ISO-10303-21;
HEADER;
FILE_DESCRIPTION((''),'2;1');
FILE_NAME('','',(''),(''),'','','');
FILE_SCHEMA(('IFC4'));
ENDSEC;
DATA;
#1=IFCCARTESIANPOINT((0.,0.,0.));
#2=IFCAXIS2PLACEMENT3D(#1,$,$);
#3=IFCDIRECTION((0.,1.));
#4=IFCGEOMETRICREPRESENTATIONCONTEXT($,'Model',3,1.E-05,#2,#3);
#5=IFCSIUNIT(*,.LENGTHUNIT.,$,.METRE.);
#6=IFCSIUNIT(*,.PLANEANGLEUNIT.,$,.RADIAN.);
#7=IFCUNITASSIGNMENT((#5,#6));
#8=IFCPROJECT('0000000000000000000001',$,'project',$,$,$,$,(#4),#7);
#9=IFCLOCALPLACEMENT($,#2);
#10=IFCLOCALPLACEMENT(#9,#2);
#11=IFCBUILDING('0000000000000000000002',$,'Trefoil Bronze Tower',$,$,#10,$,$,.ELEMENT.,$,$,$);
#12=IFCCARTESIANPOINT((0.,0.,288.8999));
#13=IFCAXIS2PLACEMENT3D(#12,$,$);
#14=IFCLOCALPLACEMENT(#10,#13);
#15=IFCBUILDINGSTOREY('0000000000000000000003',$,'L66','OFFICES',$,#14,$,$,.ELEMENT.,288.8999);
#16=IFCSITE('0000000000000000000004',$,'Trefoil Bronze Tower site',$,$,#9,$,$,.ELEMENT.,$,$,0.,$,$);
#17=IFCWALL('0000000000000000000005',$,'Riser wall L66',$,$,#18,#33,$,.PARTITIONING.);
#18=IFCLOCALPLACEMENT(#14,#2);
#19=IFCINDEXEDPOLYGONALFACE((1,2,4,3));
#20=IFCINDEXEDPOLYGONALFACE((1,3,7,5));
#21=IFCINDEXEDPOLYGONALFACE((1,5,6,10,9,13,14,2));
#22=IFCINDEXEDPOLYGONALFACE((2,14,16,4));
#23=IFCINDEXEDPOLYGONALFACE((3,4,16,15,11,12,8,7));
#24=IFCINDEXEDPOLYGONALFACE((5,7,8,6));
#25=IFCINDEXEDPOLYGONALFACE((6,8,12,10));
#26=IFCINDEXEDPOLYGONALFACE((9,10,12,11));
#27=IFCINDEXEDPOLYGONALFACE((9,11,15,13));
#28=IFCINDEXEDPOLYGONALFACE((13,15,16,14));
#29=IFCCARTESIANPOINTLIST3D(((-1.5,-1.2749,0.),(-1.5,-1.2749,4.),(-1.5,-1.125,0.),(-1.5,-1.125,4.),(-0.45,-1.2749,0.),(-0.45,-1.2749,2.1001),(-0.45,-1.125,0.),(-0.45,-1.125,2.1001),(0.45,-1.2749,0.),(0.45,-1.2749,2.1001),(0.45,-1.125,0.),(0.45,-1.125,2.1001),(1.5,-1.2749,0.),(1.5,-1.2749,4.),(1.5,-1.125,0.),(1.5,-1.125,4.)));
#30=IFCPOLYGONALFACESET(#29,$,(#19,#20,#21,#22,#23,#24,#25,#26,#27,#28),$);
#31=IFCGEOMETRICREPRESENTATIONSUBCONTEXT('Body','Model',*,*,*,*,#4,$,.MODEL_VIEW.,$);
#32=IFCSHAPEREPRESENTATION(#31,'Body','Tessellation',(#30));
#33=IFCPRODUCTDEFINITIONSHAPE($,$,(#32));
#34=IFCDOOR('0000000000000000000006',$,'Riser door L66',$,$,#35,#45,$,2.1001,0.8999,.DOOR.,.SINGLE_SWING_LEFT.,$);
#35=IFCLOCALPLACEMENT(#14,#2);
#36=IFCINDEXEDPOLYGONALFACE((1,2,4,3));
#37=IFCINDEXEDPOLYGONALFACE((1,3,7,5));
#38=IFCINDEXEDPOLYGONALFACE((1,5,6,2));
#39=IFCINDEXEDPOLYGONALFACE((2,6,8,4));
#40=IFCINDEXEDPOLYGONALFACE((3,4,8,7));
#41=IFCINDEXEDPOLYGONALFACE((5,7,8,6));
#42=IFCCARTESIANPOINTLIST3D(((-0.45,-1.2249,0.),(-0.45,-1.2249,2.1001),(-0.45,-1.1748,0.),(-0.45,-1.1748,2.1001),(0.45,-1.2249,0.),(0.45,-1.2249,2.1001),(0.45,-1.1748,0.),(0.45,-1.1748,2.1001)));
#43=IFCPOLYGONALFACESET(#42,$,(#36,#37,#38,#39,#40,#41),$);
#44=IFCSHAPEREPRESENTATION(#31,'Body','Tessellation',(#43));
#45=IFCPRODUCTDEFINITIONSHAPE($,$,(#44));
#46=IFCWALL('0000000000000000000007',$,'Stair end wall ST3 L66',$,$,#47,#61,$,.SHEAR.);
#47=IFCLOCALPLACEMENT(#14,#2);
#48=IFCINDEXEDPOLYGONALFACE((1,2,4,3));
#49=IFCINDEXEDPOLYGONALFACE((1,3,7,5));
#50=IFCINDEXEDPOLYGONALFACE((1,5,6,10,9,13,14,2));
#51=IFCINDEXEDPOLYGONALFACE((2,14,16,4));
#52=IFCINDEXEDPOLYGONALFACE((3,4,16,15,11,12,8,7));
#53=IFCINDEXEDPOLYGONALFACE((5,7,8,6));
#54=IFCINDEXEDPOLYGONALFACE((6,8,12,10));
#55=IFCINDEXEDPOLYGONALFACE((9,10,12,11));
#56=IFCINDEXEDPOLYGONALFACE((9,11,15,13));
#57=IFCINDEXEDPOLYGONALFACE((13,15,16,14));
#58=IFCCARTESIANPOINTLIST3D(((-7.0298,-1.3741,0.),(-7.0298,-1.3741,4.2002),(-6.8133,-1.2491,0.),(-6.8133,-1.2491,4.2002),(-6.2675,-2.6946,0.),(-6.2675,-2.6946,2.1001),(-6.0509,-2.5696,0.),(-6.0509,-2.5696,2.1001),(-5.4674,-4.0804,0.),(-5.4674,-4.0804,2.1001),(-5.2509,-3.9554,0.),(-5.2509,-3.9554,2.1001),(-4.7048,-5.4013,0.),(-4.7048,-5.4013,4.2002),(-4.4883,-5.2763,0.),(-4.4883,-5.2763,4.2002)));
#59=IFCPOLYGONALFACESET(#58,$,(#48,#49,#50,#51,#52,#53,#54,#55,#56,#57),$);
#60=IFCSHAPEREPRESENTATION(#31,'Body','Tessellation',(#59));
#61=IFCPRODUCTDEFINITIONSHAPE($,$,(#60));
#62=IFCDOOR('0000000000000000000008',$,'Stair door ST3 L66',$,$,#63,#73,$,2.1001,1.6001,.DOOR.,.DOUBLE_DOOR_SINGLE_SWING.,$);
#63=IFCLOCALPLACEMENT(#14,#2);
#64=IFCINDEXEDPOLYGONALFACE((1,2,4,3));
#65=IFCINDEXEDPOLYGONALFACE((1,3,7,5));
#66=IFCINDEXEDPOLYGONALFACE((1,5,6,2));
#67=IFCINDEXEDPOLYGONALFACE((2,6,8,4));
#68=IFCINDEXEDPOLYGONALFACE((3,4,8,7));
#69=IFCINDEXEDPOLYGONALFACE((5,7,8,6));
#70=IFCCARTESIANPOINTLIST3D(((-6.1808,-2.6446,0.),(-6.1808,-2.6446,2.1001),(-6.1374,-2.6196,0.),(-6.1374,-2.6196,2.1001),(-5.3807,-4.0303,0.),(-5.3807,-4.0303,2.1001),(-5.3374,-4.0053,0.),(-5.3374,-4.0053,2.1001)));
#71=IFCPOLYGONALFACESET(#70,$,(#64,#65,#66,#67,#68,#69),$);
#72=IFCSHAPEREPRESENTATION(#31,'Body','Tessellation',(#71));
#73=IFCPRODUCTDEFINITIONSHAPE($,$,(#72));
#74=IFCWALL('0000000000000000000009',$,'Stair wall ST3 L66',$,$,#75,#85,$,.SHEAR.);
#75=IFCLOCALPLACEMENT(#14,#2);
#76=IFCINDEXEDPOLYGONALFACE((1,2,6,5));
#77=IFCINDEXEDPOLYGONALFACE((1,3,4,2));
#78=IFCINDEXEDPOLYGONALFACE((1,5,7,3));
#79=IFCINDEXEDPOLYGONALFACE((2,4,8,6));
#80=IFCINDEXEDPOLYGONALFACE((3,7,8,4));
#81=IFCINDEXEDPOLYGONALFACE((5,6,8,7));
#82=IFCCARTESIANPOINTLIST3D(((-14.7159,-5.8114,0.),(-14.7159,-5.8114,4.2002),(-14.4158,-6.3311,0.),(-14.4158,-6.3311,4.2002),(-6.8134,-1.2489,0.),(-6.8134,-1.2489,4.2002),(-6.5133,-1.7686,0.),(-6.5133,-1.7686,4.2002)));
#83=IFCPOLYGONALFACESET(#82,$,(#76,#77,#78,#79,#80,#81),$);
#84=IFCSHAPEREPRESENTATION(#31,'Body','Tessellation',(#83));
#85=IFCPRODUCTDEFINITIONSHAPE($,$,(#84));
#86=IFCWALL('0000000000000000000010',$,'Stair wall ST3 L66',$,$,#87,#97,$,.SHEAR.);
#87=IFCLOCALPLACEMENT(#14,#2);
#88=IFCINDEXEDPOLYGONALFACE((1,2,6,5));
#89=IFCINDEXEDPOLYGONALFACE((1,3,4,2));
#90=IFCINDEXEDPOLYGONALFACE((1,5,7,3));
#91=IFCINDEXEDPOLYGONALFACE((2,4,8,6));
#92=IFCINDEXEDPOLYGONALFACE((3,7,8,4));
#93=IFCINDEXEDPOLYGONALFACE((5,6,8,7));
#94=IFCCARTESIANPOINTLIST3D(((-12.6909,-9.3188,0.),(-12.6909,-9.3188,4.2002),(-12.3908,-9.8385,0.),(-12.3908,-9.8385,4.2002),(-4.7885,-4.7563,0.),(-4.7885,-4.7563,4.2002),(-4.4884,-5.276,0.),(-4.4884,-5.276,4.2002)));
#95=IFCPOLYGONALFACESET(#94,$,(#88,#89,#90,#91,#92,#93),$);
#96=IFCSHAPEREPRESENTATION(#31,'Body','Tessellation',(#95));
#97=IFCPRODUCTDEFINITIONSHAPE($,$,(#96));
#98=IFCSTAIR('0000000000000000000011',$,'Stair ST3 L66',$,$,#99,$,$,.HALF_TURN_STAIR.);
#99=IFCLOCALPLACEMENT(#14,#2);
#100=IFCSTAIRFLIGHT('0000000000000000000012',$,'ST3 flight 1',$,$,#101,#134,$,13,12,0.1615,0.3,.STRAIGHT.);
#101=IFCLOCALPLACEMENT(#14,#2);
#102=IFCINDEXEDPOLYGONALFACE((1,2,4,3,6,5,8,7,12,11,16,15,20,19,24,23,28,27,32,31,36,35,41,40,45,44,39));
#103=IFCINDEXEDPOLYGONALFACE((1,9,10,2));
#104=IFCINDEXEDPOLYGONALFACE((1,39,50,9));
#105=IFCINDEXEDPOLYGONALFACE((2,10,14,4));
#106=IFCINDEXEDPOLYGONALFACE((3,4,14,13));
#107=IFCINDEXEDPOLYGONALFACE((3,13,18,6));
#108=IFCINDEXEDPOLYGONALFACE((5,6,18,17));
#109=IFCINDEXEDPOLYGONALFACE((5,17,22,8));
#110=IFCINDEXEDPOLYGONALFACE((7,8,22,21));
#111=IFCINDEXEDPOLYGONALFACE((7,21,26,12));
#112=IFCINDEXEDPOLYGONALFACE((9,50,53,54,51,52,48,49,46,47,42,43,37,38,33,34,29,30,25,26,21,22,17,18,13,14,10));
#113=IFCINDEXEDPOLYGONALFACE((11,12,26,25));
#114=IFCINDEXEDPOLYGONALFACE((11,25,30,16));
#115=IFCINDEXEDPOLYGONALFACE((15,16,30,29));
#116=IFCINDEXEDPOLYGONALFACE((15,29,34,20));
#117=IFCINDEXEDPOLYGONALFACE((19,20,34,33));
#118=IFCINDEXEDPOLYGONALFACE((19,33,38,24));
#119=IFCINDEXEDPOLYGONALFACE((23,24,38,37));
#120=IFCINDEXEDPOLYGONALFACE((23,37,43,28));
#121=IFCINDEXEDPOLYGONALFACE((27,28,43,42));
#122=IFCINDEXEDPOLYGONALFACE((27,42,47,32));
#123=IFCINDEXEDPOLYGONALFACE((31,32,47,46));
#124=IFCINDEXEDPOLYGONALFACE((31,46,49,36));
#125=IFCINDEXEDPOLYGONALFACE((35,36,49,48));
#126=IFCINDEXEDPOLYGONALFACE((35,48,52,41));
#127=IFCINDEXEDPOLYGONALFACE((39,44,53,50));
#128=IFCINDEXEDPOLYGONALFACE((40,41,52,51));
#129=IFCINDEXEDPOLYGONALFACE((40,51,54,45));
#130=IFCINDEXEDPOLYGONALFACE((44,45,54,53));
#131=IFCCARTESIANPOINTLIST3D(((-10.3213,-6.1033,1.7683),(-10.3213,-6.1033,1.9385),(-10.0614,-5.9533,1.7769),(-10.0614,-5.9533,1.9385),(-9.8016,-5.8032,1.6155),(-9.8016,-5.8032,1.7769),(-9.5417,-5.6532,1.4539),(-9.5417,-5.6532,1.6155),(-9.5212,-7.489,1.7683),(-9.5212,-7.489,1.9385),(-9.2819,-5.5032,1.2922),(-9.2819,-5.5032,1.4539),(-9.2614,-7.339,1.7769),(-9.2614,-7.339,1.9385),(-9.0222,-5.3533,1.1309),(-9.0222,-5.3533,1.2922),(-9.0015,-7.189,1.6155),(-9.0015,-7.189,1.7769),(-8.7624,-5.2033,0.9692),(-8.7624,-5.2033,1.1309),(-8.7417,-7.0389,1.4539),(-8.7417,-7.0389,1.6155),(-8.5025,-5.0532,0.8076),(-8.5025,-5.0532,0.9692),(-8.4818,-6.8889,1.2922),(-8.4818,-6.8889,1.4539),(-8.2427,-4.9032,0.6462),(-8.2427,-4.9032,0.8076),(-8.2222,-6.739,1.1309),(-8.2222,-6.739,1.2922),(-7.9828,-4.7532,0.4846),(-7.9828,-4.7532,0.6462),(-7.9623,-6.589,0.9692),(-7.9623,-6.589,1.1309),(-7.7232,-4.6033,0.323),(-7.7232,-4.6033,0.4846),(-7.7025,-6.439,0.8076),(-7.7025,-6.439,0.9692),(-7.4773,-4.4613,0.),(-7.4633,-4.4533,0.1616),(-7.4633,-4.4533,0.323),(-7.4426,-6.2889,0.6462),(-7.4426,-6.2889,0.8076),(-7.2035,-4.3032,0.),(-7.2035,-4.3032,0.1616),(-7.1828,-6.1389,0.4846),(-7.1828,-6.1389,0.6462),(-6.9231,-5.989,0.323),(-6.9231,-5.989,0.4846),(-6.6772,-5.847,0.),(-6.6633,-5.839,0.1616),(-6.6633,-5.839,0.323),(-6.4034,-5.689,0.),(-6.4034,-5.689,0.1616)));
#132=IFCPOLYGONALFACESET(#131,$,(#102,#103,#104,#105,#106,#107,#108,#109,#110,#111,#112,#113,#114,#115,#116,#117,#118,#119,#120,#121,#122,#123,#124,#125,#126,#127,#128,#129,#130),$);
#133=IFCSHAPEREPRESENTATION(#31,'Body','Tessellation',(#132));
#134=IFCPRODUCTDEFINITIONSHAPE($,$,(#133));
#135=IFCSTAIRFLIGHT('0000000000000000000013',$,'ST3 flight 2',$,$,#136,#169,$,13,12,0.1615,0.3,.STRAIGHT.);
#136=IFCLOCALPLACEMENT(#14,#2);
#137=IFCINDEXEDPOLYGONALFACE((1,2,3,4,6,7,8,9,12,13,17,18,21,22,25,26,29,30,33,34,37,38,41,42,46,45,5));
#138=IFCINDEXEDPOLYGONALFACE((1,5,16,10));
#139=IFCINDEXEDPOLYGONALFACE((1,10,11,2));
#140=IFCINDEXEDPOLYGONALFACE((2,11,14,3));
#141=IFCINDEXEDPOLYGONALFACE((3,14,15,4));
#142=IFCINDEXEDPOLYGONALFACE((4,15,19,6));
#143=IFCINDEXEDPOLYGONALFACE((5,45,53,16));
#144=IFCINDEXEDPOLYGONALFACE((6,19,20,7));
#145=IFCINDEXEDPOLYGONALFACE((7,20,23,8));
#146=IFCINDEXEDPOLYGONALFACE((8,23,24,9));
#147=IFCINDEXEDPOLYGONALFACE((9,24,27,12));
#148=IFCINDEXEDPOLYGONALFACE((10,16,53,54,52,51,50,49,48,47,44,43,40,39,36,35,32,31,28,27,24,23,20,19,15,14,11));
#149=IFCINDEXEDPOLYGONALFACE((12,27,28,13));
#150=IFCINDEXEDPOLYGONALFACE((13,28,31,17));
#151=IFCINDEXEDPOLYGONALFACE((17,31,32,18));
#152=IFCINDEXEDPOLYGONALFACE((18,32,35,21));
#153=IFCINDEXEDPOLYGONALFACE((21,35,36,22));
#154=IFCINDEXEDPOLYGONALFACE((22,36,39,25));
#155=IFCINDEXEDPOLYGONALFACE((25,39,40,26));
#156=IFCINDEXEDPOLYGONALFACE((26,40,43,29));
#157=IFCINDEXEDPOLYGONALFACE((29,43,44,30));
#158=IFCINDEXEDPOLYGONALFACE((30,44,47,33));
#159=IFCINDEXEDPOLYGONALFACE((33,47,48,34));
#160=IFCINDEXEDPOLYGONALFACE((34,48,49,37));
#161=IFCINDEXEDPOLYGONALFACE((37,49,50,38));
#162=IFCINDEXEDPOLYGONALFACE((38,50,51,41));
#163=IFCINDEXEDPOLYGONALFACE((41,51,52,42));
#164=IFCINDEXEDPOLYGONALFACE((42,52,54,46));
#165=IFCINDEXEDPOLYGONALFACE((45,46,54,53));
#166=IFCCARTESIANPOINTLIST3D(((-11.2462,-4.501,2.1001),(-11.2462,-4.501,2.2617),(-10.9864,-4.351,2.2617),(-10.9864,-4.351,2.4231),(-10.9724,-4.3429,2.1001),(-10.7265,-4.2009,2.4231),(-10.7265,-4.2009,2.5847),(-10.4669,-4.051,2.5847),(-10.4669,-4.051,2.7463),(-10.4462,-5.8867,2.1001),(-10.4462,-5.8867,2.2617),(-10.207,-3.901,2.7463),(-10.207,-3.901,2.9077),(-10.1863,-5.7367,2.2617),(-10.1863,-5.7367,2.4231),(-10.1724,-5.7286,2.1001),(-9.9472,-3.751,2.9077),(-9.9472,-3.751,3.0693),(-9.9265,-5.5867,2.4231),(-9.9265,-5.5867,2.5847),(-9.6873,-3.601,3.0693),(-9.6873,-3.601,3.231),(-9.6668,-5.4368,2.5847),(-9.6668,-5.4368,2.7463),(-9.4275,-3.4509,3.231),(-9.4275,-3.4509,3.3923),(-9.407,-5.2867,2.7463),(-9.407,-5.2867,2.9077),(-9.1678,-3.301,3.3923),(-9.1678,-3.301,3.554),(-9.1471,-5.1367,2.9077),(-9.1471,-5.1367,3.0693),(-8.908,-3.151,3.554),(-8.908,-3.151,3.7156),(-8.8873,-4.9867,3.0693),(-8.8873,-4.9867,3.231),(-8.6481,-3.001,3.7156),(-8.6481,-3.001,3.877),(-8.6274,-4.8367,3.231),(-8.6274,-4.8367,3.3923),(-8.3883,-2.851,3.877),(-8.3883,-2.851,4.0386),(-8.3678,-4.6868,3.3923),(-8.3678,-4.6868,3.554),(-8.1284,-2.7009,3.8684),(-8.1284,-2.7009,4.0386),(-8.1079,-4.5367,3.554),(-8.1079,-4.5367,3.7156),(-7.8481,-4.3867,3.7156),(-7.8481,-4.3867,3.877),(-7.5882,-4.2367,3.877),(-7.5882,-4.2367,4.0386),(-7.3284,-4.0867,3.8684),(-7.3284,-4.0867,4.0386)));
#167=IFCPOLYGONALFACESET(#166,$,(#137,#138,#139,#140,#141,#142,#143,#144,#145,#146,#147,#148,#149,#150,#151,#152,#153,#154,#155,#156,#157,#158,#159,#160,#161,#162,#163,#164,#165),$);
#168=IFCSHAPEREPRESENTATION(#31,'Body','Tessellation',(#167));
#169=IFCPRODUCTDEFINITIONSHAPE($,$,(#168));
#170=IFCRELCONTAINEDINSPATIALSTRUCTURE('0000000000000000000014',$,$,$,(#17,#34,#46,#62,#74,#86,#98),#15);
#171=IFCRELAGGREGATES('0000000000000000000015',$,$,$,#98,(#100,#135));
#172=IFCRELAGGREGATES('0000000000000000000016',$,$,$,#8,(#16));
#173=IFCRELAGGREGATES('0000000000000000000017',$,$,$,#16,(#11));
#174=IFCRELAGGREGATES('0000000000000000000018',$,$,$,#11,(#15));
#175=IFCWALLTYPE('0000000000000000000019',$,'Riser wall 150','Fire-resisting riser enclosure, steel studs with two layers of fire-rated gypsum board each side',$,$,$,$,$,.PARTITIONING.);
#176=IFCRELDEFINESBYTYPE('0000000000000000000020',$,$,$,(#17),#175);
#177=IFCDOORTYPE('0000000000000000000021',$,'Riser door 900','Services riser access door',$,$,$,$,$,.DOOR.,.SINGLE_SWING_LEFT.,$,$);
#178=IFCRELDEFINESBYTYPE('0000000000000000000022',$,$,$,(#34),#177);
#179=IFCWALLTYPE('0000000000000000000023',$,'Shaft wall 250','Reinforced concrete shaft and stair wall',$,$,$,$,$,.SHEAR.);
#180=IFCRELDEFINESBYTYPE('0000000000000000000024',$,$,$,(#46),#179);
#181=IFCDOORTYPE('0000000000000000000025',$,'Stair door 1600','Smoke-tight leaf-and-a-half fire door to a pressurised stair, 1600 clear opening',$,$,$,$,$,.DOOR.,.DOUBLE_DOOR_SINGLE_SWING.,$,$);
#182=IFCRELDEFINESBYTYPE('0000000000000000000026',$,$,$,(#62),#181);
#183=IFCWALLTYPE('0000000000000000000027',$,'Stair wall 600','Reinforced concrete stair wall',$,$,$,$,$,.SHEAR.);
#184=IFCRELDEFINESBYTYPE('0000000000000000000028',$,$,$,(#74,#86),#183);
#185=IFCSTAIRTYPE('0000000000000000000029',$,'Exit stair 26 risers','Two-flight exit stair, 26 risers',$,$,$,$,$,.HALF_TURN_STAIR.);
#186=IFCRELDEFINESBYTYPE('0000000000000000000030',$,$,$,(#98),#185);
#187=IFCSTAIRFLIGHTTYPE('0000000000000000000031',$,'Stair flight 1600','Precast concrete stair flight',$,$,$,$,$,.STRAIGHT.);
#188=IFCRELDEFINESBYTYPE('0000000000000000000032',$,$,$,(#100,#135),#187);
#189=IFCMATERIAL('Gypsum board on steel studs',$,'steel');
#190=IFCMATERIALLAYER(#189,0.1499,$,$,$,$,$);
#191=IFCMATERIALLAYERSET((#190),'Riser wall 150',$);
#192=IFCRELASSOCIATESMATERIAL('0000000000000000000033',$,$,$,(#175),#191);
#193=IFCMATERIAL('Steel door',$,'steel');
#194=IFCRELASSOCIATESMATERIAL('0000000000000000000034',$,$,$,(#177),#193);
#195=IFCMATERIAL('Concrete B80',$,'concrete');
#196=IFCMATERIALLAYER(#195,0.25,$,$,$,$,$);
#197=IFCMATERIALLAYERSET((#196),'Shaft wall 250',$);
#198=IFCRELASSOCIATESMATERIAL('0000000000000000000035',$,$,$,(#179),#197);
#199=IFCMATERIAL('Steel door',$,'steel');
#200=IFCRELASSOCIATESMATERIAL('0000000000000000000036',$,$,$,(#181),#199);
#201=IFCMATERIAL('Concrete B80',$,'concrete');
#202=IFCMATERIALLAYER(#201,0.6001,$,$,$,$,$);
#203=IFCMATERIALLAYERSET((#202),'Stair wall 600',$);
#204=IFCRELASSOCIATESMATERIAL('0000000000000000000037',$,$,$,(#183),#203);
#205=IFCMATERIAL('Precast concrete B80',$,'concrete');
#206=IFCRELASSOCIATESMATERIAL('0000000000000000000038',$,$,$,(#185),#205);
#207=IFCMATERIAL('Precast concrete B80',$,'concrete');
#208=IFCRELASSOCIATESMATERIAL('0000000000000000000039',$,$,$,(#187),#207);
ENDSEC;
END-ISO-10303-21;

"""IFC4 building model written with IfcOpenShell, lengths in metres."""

from ifc_helpers import new_model, si_unit, direction, frame, frame_2d, origin, place, context, subcontext, project, spatial, polyline, rectangle, outline, extrude, material, layer, layer_set, type_object, element, fill, aggregate, save


model = new_model("IFC4")

# Units and contexts
model_context = context("Model", 3, precision=1e-05, world=origin(), true_north=direction((0.0, 1.0)))
body_context = subcontext(model_context, "Body", "Model", "MODEL_VIEW")
ifc_project = project(units=[si_unit("LENGTHUNIT", "METRE"), si_unit("PLANEANGLEUNIT", "RADIAN")], contexts=[model_context])

# Site, building, storey
site_placement = place(None, origin())
site = spatial("IfcSite", under=ifc_project, at=site_placement, Name="Trefoil Bronze Tower site", CompositionType="ELEMENT", RefElevation=0.0)
building_placement = place(site_placement, origin())
building = spatial("IfcBuilding", under=site, at=building_placement, Name="Trefoil Bronze Tower", CompositionType="ELEMENT")
storey_placement = place(building_placement, frame((0.0, 0.0, 288.8999)))
storey = spatial("IfcBuildingStorey", under=building, at=storey_placement, Name="L66", Description="OFFICES", CompositionType="ELEMENT", Elevation=288.8999)

# Walls, openings, doors
ifc_material_1 = material(Name="Gypsum board on steel studs", Category="steel")
ifc_layer_1 = layer(ifc_material_1, 0.1499)
ifc_layer_set_1 = layer_set([ifc_layer_1], Name="Riser wall 150")
wall_type_1 = type_object("IfcWallType", Name="Riser wall 150", Description="Fire-resisting riser enclosure, steel studs with two layers of fire-rated gypsum board each side", PredefinedType="PARTITIONING", material=ifc_layer_set_1)
wall_1_placement = place(storey_placement, frame((-1.5, -1.2, 0.0), z_axis=(0.0, 0.0, 1.0), x_axis=(1.0, 0.0, 0.0)))
wall_1 = element("IfcWall", 1, at=wall_1_placement, inside=storey, type_object=wall_type_1, Name="Riser wall L66", PredefinedType="PARTITIONING", context=body_context, shape_type="SweptSolid", body=[
    extrude(rectangle(XDim=3.0, YDim=0.1499, at=frame_2d((1.5, 0.0))), origin(), (0.0, 0.0, 1.0), 4.0),
])
opening_1_placement = place(wall_1_placement, frame((1.05, 0.0, 0.0)))
opening_1 = element("IfcOpeningElement", 2, at=opening_1_placement, cuts=wall_1, PredefinedType="OPENING", context=body_context, shape_type="SweptSolid", body=[
    extrude(rectangle(XDim=0.8999, YDim=2.1001, at=frame_2d((0.45, 1.05))), frame((0.0, 0.085, 0.0), z_axis=(0.0, -1.0, 0.0), x_axis=(1.0, 0.0, 0.0)), (0.0, 0.0, 1.0), 0.1699),
])
ifc_material_2 = material(Name="Steel door", Category="steel")
door_type_1 = type_object("IfcDoorType", Name="Riser door 900", Description="Services riser access door", OperationType="SINGLE_SWING_LEFT", PredefinedType="DOOR", material=ifc_material_2)
door_1_placement = place(opening_1_placement, frame((0.8999, 0.0, 0.0), z_axis=(0.0, 0.0, 1.0), x_axis=(-1.0, 0.0, 0.0)))
door_1 = element("IfcDoor", 3, at=door_1_placement, inside=storey, type_object=door_type_1, Name="Riser door L66", OperationType="SINGLE_SWING_LEFT", OverallHeight=2.1001, OverallWidth=0.8999, PredefinedType="DOOR", context=body_context, shape_type="SweptSolid", body=[
    extrude(rectangle(XDim=0.8999, YDim=2.1001, at=frame_2d((0.45, 1.05))), frame((0.0, 0.0249, 0.0), z_axis=(0.0, -1.0, 0.0), x_axis=(1.0, 0.0, 0.0)), (0.0, 0.0, 1.0), 0.05),
])
fill(opening_1, door_1)
ifc_material_3 = material(Name="Concrete B80", Category="concrete")
ifc_layer_2 = layer(ifc_material_3, 0.25)
ifc_layer_set_2 = layer_set([ifc_layer_2], Name="Shaft wall 250")
wall_type_2 = type_object("IfcWallType", Name="Shaft wall 250", Description="Reinforced concrete shaft and stair wall", PredefinedType="SHEAR", material=ifc_layer_set_2)
wall_2_placement = place(storey_placement, frame((-6.9216, -1.3115, 0.0), z_axis=(0.0, 0.0, 1.0), x_axis=(0.499985, -0.866034, 0.0)))
wall_2 = element("IfcWall", 4, at=wall_2_placement, inside=storey, type_object=wall_type_2, Name="Stair end wall ST3 L66", PredefinedType="SHEAR", context=body_context, shape_type="SweptSolid", body=[
    extrude(rectangle(XDim=4.6501, YDim=0.25, at=frame_2d((2.3252, 0.0))), origin(), (0.0, 0.0, 1.0), 4.2002),
])
opening_2_placement = place(wall_2_placement, frame((1.5249, 0.0, 0.0)))
opening_2 = element("IfcOpeningElement", 5, at=opening_2_placement, cuts=wall_2, PredefinedType="OPENING", context=body_context, shape_type="SweptSolid", body=[
    extrude(rectangle(XDim=1.6001, YDim=2.1001, at=frame_2d((0.8, 1.05))), frame((0.0, 0.135, 0.0), z_axis=(0.0, -1.0, 0.0), x_axis=(1.0, 0.0, 0.0)), (0.0, 0.0, 1.0), 0.27),
])
ifc_material_4 = material(Name="Steel door", Category="steel")
door_type_2 = type_object("IfcDoorType", Name="Stair door 1600", Description="Smoke-tight leaf-and-a-half fire door to a pressurised stair, 1600 clear opening", OperationType="DOUBLE_DOOR_SINGLE_SWING", PredefinedType="DOOR", material=ifc_material_4)
door_2_placement = place(opening_2_placement, frame((1.6001, 0.0, 0.0), z_axis=(0.0, 0.0, 1.0), x_axis=(-1.0, 0.0, 0.0)))
door_2 = element("IfcDoor", 6, at=door_2_placement, inside=storey, type_object=door_type_2, Name="Stair door ST3 L66", OperationType="DOUBLE_DOOR_SINGLE_SWING", OverallHeight=2.1001, OverallWidth=1.6001, PredefinedType="DOOR", context=body_context, shape_type="SweptSolid", body=[
    extrude(rectangle(XDim=1.6001, YDim=2.1001, at=frame_2d((0.8, 1.05))), frame((0.0, 0.0249, 0.0), z_axis=(0.0, -1.0, 0.0), x_axis=(1.0, 0.0, 0.0)), (0.0, 0.0, 1.0), 0.05),
])
fill(opening_2, door_2)

# Walls
ifc_material_5 = material(Name="Concrete B80", Category="concrete")
ifc_layer_3 = layer(ifc_material_5, 0.6001)
ifc_layer_set_3 = layer_set([ifc_layer_3], Name="Stair wall 600")
wall_type_3 = type_object("IfcWallType", Name="Stair wall 600", Description="Reinforced concrete stair wall", PredefinedType="SHEAR", material=ifc_layer_set_3)
for number, where, z_axis, x_axis, name in (
    (7, (-6.6633, -1.5088, 0.0), (0.0, 0.0, 1.0), (-0.866028, -0.499995, 0.0), "Stair wall ST3 L66"),
    (8, (-4.6384, -5.0161, 0.0), (0.0, 0.0, 1.0), (-0.866022, -0.500007, 0.0), "Stair wall ST3 L66"),
):
    element("IfcWall", number, at=place(storey_placement, frame(where, z_axis=z_axis, x_axis=x_axis)), inside=storey, type_object=wall_type_3, Name=name, PredefinedType="SHEAR", context=body_context, shape_type="SweptSolid", body=[
        extrude(rectangle(XDim=9.125, YDim=0.6001, at=frame_2d((4.5625, 0.0))), origin(), (0.0, 0.0, 1.0), 4.2002),
    ])

# Stair, stair flights
ifc_material_6 = material(Name="Precast concrete B80", Category="concrete")
stair_type = type_object("IfcStairType", Name="Exit stair 26 risers", Description="Two-flight exit stair, 26 risers", PredefinedType="HALF_TURN_STAIR", material=ifc_material_6)
stair_placement = place(storey_placement, origin())
stair = element("IfcStair", 9, at=stair_placement, inside=storey, type_object=stair_type, Name="Stair ST3 L66", PredefinedType="HALF_TURN_STAIR")
ifc_material_7 = material(Name="Precast concrete B80", Category="concrete")
stair_flight_type = type_object("IfcStairFlightType", Name="Stair flight 1600", Description="Precast concrete stair flight", PredefinedType="STRAIGHT", material=ifc_material_7)
stair_flight_1_placement = place(storey_placement, frame((-6.8035, -4.9961, 0.0), z_axis=(0.0, 0.0, 1.0), x_axis=(-0.866025, -0.5, 0.0)))
stair_flight_1 = element("IfcStairFlight", 10, at=stair_flight_1_placement, type_object=stair_flight_type, Name="ST3 flight 1", NumberOfRisers=13, NumberOfTreads=12, PredefinedType="STRAIGHT", RiserHeight=0.1615, TreadLength=0.3, context=body_context, shape_type="SweptSolid", body=[
    extrude(outline(polyline([(0.0, 0.0), (0.0, 0.1616), (0.3, 0.1616), (0.3, 0.323), (0.6001, 0.323), (0.6001, 0.4846), (0.8999, 0.4846), (0.8999, 0.6462), (1.2, 0.6462), (1.2, 0.8076), (1.5, 0.8076), (1.5, 0.9692), (1.8, 0.9692), (1.8, 1.1309), (2.1001, 1.1309), (2.1001, 1.2922), (2.3999, 1.2922), (2.3999, 1.4539), (2.7, 1.4539), (2.7, 1.6155), (3.0, 1.6155), (3.0, 1.7769), (3.3, 1.7769), (3.3, 1.9385), (3.6001, 1.9385), (3.6001, 2.1001), (3.6001, 1.7683), (0.3162, 0.0), (0.0, 0.0)])), frame((0.0, 0.8, 0.0), z_axis=(0.0, -1.0, 0.0), x_axis=(1.0, 0.0, 0.0)), (0.0, 0.0, 1.0), 1.6001),
])
stair_flight_2_placement = place(storey_placement, frame((-10.8462, -5.1938, 2.1001), z_axis=(0.0, 0.0, 1.0), x_axis=(0.866025, 0.5, 0.0)))
stair_flight_2 = element("IfcStairFlight", 11, at=stair_flight_2_placement, type_object=stair_flight_type, Name="ST3 flight 2", NumberOfRisers=13, NumberOfTreads=12, PredefinedType="STRAIGHT", RiserHeight=0.1615, TreadLength=0.3, context=body_context, shape_type="SweptSolid", body=[
    extrude(outline(polyline([(0.0, 0.0), (0.0, 0.1616), (0.3, 0.1616), (0.3, 0.323), (0.6001, 0.323), (0.6001, 0.4846), (0.8999, 0.4846), (0.8999, 0.6462), (1.2, 0.6462), (1.2, 0.8076), (1.5, 0.8076), (1.5, 0.9692), (1.8, 0.9692), (1.8, 1.1309), (2.1001, 1.1309), (2.1001, 1.2922), (2.3999, 1.2922), (2.3999, 1.4539), (2.7, 1.4539), (2.7, 1.6155), (3.0, 1.6155), (3.0, 1.7769), (3.3, 1.7769), (3.3, 1.9385), (3.6001, 1.9385), (3.6001, 2.1001), (3.6001, 1.7683), (0.3162, 0.0), (0.0, 0.0)])), frame((0.0, 0.8, 0.0), z_axis=(0.0, -1.0, 0.0), x_axis=(1.0, 0.0, 0.0)), (0.0, 0.0, 1.0), 1.6001),
])
aggregate(stair, [stair_flight_1, stair_flight_2])

save(model, "model.ifc")
